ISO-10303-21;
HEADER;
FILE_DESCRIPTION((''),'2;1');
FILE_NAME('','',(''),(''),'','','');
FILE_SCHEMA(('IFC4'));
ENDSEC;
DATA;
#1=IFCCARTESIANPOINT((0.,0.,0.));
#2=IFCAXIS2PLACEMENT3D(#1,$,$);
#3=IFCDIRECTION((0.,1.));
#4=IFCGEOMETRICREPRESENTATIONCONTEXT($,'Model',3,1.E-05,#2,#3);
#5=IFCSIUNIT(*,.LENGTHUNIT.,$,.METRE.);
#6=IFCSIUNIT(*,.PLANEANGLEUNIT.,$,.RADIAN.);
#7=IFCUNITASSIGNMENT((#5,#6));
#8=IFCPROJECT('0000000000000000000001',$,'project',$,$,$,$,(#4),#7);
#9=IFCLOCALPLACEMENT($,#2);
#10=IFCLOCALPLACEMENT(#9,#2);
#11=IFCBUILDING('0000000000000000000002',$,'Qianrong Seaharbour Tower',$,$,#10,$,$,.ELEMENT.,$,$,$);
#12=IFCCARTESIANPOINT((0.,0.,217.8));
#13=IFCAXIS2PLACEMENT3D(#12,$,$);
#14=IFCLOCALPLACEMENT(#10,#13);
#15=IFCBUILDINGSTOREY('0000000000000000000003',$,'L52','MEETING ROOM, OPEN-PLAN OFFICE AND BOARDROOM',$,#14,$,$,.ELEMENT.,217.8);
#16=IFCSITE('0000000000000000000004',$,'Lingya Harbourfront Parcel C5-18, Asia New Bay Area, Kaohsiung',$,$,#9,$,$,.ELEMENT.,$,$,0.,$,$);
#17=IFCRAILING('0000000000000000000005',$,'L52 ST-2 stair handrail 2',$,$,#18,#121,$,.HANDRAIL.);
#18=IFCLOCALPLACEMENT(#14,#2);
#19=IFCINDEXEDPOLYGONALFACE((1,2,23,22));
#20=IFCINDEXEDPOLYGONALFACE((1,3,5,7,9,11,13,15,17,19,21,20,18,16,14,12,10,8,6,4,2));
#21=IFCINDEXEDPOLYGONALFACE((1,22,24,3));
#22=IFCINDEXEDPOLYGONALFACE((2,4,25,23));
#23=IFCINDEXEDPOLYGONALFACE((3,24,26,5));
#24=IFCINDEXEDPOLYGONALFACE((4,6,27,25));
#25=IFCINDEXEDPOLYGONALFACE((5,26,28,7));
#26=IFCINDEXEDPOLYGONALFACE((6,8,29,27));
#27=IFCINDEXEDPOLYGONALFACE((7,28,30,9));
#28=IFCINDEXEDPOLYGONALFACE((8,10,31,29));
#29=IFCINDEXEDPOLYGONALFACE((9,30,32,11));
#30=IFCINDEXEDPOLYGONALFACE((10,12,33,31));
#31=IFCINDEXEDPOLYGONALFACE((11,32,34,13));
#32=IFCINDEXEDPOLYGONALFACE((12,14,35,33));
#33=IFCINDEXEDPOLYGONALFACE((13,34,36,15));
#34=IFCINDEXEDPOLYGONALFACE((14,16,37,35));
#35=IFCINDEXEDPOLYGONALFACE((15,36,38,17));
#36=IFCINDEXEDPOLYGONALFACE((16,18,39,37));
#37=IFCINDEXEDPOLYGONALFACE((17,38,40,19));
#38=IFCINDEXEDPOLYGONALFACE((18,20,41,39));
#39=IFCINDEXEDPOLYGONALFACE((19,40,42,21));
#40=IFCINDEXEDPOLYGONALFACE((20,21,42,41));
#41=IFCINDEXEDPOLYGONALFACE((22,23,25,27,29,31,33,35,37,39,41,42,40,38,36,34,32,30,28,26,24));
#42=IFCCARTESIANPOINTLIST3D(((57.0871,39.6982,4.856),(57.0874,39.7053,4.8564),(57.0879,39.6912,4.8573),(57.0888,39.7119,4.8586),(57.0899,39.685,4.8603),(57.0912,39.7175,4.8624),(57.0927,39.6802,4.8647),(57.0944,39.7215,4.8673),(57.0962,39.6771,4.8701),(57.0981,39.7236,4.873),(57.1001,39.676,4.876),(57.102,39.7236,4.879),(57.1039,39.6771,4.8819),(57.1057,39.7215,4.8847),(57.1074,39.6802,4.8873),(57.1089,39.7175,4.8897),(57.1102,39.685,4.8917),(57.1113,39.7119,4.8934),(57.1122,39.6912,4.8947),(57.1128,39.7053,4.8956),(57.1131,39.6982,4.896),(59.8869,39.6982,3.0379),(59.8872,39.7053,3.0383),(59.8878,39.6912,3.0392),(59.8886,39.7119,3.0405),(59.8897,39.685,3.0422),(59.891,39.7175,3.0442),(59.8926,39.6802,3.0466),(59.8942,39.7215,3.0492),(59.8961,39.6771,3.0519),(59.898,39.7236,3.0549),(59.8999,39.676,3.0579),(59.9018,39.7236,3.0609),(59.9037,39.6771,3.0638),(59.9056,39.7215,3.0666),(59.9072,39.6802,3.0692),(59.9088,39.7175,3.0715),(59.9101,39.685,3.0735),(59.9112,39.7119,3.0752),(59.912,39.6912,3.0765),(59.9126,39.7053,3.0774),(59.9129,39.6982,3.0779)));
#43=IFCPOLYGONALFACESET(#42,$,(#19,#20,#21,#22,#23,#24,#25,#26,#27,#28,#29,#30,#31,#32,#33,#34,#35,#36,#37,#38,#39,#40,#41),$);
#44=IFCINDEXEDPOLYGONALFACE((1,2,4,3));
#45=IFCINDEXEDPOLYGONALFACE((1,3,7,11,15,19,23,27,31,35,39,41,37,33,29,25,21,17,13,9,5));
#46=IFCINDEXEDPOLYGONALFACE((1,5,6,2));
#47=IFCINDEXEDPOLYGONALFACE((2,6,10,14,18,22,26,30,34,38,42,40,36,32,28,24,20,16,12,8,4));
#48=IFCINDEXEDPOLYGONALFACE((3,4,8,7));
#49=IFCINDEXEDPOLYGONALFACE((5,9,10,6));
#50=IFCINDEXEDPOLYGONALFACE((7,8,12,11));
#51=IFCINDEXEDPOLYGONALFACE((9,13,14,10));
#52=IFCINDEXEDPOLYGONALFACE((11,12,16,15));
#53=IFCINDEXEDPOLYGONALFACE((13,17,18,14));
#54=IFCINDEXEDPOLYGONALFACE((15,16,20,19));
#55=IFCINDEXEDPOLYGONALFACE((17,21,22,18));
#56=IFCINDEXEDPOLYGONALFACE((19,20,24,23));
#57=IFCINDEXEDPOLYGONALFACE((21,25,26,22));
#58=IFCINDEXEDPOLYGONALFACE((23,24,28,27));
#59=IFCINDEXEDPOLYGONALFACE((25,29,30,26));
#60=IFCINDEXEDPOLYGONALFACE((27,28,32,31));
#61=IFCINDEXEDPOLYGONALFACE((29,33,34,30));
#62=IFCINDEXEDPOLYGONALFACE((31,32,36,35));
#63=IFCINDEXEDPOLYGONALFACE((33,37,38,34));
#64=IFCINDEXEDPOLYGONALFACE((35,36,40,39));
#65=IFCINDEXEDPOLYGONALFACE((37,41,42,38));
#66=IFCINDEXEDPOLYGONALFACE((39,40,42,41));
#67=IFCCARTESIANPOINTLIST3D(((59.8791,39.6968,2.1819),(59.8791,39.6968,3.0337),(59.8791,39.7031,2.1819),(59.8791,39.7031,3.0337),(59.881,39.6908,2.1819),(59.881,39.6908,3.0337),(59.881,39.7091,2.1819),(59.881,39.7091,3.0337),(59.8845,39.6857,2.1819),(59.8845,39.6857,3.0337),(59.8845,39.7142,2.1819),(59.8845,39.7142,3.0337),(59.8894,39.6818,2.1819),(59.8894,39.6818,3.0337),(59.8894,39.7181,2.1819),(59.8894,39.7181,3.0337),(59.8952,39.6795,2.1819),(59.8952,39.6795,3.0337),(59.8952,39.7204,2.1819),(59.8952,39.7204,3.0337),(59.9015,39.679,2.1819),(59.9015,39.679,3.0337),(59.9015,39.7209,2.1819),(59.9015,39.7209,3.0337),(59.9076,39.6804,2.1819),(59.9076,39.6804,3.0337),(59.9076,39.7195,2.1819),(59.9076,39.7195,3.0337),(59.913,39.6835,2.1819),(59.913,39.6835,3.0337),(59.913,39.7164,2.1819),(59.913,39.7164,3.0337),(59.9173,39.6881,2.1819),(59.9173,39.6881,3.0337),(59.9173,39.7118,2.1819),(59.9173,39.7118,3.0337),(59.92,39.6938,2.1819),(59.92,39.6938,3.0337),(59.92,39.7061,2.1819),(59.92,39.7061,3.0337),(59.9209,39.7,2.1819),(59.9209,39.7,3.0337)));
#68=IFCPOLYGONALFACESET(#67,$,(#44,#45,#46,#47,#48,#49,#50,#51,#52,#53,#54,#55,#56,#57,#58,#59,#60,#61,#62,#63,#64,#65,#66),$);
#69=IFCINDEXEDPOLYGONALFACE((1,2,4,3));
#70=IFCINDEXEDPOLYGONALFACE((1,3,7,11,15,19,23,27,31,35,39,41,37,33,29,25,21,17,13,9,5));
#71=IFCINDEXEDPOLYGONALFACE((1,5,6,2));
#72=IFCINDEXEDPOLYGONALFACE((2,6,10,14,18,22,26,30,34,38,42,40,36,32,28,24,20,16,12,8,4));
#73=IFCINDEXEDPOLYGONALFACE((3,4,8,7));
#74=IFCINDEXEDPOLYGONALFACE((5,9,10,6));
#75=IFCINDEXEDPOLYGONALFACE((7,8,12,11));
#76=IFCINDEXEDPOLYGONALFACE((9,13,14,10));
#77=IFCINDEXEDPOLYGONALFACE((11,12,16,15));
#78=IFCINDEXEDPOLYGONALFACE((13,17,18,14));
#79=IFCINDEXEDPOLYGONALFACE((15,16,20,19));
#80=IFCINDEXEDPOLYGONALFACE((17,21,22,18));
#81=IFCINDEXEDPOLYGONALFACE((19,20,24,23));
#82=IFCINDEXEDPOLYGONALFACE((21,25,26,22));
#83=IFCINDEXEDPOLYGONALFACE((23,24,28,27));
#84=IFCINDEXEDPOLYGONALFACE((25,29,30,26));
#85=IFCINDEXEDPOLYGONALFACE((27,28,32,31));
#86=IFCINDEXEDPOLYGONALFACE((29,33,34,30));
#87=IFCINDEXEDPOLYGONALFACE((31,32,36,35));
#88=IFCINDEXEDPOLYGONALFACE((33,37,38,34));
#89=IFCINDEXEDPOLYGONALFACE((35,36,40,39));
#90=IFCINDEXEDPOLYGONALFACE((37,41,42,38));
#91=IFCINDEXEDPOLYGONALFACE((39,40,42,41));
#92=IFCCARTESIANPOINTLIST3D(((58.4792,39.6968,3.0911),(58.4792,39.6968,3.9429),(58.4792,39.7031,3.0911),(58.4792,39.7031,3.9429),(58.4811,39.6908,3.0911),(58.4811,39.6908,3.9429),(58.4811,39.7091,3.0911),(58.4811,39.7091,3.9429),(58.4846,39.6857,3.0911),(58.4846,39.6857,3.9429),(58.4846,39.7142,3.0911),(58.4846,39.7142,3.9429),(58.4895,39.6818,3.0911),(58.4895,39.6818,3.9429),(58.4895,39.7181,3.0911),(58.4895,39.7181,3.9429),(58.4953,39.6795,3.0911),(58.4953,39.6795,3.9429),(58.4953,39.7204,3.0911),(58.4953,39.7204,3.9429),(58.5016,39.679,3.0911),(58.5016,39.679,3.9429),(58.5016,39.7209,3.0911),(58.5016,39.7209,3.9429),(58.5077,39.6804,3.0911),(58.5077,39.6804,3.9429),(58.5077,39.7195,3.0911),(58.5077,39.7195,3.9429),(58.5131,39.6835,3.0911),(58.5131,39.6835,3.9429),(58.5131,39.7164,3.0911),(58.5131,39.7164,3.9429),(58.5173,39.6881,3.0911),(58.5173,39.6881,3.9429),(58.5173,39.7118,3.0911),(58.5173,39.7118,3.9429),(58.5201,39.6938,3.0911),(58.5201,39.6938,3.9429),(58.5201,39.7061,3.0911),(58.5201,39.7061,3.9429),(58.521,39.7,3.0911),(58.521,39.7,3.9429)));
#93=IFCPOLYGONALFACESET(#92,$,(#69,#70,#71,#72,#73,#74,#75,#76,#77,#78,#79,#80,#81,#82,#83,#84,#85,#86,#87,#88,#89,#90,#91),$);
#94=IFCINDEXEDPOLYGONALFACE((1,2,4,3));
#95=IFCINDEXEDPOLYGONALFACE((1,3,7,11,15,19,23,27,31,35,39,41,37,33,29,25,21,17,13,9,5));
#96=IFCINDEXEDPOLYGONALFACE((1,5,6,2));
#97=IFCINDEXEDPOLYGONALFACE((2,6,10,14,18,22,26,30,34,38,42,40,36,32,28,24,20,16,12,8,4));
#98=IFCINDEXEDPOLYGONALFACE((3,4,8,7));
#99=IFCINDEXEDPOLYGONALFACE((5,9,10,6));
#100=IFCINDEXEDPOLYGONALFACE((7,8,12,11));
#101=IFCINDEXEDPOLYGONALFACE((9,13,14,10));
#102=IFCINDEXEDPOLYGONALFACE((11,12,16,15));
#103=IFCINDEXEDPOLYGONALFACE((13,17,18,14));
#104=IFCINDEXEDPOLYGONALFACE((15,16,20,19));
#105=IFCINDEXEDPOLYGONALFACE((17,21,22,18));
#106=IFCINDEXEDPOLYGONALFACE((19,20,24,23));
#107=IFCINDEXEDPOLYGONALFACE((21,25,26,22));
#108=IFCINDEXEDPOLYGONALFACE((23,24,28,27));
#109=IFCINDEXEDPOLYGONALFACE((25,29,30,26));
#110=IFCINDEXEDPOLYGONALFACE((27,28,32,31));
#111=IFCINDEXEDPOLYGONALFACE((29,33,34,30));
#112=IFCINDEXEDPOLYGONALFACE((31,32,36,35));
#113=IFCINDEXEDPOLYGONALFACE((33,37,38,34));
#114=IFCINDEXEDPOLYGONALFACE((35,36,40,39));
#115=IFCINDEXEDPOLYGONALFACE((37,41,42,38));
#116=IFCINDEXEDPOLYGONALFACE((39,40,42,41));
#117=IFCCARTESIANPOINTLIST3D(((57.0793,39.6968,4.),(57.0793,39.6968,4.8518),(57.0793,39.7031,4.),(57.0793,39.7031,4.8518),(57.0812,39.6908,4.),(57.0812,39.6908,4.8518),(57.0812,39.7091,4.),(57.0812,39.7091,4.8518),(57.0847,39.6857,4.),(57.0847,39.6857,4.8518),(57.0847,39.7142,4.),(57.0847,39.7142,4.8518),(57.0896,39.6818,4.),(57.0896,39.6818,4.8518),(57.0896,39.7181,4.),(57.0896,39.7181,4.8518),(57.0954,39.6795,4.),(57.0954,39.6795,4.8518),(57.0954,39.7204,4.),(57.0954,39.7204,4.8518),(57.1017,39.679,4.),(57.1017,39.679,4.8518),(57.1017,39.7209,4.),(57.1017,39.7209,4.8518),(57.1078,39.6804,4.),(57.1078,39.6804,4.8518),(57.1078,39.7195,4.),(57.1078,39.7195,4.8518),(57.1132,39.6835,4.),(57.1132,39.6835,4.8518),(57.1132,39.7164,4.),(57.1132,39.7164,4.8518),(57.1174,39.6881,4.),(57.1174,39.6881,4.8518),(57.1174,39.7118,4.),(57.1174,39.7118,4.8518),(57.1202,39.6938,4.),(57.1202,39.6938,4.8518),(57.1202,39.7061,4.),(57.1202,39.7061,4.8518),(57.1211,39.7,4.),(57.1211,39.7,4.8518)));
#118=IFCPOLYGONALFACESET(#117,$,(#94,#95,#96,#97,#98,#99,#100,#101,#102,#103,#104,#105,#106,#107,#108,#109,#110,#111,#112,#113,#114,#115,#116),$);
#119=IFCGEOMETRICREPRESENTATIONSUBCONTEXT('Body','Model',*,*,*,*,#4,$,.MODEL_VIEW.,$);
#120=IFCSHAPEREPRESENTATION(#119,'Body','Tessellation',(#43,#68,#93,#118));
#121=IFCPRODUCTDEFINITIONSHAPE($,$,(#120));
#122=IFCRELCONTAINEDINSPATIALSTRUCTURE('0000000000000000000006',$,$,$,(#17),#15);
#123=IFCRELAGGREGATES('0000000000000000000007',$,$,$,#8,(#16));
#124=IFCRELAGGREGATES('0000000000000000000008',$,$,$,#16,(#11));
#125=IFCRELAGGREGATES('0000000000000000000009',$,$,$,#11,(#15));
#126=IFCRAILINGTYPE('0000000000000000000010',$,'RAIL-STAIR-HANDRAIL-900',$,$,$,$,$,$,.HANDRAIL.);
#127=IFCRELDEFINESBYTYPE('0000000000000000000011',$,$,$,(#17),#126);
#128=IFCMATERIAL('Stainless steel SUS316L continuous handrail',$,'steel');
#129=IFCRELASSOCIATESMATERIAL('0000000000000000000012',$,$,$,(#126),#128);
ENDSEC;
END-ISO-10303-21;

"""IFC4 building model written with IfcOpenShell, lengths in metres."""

from ifc_helpers import new_model, si_unit, direction, frame, origin, origin_2d, place, context, subcontext, project, spatial, circle, extrude, material, type_object, element, save


model = new_model("IFC4")

# Units and contexts
model_context = context("Model", 3, precision=1e-05, world=origin(), true_north=direction((0.0, 1.0)))
body_context = subcontext(model_context, "Body", "Model", "MODEL_VIEW")
ifc_project = project(units=[si_unit("LENGTHUNIT", "METRE"), si_unit("PLANEANGLEUNIT", "RADIAN")], contexts=[model_context])

# Site, building, storey
site_placement = place(None, origin())
site = spatial("IfcSite", under=ifc_project, at=site_placement, Name="Lingya Harbourfront Parcel C5-18, Asia New Bay Area, Kaohsiung", CompositionType="ELEMENT", RefElevation=0.0)
building_placement = place(site_placement, origin())
building = spatial("IfcBuilding", under=site, at=building_placement, Name="Qianrong Seaharbour Tower", CompositionType="ELEMENT")
storey_placement = place(building_placement, frame((0.0, 0.0, 217.8)))
storey = spatial("IfcBuildingStorey", under=building, at=storey_placement, Name="L52", Description="MEETING ROOM, OPEN-PLAN OFFICE AND BOARDROOM", CompositionType="ELEMENT", Elevation=217.8)

# Railing
ifc_material_1 = material(Name="Stainless steel SUS316L continuous handrail", Category="steel")
railing_type_1 = type_object("IfcRailingType", Name="RAIL-STAIR-HANDRAIL-900", PredefinedType="HANDRAIL", material=ifc_material_1)
railing_1_placement = place(storey_placement, frame((59.8999, 39.7, 2.1819)))
element("IfcRailing", 1, at=railing_1_placement, inside=storey, type_object=railing_type_1, Name="L52 ST-2 stair handrail 2", PredefinedType="HANDRAIL", context=body_context, shape_type="SweptSolid", body=[
    extrude(circle(Radius=0.0239, at=origin_2d()), frame((0.0, 0.0, 0.876), z_axis=(-0.838684, 0.0, 0.544618), x_axis=(0.0, -1.0, 0.0)), (0.0, 0.0, 1.0), 3.3384),
    extrude(circle(Radius=0.021, at=origin_2d()), origin(), (0.0, 0.0, 1.0), 0.8518),
    extrude(circle(Radius=0.021, at=origin_2d()), frame((-1.3999, 0.0, 0.9092)), (0.0, 0.0, 1.0), 0.8518),
    extrude(circle(Radius=0.021, at=origin_2d()), frame((-2.7998, 0.0, 1.8181)), (0.0, 0.0, 1.0), 0.8518),
])

save(model, "model.ifc")
